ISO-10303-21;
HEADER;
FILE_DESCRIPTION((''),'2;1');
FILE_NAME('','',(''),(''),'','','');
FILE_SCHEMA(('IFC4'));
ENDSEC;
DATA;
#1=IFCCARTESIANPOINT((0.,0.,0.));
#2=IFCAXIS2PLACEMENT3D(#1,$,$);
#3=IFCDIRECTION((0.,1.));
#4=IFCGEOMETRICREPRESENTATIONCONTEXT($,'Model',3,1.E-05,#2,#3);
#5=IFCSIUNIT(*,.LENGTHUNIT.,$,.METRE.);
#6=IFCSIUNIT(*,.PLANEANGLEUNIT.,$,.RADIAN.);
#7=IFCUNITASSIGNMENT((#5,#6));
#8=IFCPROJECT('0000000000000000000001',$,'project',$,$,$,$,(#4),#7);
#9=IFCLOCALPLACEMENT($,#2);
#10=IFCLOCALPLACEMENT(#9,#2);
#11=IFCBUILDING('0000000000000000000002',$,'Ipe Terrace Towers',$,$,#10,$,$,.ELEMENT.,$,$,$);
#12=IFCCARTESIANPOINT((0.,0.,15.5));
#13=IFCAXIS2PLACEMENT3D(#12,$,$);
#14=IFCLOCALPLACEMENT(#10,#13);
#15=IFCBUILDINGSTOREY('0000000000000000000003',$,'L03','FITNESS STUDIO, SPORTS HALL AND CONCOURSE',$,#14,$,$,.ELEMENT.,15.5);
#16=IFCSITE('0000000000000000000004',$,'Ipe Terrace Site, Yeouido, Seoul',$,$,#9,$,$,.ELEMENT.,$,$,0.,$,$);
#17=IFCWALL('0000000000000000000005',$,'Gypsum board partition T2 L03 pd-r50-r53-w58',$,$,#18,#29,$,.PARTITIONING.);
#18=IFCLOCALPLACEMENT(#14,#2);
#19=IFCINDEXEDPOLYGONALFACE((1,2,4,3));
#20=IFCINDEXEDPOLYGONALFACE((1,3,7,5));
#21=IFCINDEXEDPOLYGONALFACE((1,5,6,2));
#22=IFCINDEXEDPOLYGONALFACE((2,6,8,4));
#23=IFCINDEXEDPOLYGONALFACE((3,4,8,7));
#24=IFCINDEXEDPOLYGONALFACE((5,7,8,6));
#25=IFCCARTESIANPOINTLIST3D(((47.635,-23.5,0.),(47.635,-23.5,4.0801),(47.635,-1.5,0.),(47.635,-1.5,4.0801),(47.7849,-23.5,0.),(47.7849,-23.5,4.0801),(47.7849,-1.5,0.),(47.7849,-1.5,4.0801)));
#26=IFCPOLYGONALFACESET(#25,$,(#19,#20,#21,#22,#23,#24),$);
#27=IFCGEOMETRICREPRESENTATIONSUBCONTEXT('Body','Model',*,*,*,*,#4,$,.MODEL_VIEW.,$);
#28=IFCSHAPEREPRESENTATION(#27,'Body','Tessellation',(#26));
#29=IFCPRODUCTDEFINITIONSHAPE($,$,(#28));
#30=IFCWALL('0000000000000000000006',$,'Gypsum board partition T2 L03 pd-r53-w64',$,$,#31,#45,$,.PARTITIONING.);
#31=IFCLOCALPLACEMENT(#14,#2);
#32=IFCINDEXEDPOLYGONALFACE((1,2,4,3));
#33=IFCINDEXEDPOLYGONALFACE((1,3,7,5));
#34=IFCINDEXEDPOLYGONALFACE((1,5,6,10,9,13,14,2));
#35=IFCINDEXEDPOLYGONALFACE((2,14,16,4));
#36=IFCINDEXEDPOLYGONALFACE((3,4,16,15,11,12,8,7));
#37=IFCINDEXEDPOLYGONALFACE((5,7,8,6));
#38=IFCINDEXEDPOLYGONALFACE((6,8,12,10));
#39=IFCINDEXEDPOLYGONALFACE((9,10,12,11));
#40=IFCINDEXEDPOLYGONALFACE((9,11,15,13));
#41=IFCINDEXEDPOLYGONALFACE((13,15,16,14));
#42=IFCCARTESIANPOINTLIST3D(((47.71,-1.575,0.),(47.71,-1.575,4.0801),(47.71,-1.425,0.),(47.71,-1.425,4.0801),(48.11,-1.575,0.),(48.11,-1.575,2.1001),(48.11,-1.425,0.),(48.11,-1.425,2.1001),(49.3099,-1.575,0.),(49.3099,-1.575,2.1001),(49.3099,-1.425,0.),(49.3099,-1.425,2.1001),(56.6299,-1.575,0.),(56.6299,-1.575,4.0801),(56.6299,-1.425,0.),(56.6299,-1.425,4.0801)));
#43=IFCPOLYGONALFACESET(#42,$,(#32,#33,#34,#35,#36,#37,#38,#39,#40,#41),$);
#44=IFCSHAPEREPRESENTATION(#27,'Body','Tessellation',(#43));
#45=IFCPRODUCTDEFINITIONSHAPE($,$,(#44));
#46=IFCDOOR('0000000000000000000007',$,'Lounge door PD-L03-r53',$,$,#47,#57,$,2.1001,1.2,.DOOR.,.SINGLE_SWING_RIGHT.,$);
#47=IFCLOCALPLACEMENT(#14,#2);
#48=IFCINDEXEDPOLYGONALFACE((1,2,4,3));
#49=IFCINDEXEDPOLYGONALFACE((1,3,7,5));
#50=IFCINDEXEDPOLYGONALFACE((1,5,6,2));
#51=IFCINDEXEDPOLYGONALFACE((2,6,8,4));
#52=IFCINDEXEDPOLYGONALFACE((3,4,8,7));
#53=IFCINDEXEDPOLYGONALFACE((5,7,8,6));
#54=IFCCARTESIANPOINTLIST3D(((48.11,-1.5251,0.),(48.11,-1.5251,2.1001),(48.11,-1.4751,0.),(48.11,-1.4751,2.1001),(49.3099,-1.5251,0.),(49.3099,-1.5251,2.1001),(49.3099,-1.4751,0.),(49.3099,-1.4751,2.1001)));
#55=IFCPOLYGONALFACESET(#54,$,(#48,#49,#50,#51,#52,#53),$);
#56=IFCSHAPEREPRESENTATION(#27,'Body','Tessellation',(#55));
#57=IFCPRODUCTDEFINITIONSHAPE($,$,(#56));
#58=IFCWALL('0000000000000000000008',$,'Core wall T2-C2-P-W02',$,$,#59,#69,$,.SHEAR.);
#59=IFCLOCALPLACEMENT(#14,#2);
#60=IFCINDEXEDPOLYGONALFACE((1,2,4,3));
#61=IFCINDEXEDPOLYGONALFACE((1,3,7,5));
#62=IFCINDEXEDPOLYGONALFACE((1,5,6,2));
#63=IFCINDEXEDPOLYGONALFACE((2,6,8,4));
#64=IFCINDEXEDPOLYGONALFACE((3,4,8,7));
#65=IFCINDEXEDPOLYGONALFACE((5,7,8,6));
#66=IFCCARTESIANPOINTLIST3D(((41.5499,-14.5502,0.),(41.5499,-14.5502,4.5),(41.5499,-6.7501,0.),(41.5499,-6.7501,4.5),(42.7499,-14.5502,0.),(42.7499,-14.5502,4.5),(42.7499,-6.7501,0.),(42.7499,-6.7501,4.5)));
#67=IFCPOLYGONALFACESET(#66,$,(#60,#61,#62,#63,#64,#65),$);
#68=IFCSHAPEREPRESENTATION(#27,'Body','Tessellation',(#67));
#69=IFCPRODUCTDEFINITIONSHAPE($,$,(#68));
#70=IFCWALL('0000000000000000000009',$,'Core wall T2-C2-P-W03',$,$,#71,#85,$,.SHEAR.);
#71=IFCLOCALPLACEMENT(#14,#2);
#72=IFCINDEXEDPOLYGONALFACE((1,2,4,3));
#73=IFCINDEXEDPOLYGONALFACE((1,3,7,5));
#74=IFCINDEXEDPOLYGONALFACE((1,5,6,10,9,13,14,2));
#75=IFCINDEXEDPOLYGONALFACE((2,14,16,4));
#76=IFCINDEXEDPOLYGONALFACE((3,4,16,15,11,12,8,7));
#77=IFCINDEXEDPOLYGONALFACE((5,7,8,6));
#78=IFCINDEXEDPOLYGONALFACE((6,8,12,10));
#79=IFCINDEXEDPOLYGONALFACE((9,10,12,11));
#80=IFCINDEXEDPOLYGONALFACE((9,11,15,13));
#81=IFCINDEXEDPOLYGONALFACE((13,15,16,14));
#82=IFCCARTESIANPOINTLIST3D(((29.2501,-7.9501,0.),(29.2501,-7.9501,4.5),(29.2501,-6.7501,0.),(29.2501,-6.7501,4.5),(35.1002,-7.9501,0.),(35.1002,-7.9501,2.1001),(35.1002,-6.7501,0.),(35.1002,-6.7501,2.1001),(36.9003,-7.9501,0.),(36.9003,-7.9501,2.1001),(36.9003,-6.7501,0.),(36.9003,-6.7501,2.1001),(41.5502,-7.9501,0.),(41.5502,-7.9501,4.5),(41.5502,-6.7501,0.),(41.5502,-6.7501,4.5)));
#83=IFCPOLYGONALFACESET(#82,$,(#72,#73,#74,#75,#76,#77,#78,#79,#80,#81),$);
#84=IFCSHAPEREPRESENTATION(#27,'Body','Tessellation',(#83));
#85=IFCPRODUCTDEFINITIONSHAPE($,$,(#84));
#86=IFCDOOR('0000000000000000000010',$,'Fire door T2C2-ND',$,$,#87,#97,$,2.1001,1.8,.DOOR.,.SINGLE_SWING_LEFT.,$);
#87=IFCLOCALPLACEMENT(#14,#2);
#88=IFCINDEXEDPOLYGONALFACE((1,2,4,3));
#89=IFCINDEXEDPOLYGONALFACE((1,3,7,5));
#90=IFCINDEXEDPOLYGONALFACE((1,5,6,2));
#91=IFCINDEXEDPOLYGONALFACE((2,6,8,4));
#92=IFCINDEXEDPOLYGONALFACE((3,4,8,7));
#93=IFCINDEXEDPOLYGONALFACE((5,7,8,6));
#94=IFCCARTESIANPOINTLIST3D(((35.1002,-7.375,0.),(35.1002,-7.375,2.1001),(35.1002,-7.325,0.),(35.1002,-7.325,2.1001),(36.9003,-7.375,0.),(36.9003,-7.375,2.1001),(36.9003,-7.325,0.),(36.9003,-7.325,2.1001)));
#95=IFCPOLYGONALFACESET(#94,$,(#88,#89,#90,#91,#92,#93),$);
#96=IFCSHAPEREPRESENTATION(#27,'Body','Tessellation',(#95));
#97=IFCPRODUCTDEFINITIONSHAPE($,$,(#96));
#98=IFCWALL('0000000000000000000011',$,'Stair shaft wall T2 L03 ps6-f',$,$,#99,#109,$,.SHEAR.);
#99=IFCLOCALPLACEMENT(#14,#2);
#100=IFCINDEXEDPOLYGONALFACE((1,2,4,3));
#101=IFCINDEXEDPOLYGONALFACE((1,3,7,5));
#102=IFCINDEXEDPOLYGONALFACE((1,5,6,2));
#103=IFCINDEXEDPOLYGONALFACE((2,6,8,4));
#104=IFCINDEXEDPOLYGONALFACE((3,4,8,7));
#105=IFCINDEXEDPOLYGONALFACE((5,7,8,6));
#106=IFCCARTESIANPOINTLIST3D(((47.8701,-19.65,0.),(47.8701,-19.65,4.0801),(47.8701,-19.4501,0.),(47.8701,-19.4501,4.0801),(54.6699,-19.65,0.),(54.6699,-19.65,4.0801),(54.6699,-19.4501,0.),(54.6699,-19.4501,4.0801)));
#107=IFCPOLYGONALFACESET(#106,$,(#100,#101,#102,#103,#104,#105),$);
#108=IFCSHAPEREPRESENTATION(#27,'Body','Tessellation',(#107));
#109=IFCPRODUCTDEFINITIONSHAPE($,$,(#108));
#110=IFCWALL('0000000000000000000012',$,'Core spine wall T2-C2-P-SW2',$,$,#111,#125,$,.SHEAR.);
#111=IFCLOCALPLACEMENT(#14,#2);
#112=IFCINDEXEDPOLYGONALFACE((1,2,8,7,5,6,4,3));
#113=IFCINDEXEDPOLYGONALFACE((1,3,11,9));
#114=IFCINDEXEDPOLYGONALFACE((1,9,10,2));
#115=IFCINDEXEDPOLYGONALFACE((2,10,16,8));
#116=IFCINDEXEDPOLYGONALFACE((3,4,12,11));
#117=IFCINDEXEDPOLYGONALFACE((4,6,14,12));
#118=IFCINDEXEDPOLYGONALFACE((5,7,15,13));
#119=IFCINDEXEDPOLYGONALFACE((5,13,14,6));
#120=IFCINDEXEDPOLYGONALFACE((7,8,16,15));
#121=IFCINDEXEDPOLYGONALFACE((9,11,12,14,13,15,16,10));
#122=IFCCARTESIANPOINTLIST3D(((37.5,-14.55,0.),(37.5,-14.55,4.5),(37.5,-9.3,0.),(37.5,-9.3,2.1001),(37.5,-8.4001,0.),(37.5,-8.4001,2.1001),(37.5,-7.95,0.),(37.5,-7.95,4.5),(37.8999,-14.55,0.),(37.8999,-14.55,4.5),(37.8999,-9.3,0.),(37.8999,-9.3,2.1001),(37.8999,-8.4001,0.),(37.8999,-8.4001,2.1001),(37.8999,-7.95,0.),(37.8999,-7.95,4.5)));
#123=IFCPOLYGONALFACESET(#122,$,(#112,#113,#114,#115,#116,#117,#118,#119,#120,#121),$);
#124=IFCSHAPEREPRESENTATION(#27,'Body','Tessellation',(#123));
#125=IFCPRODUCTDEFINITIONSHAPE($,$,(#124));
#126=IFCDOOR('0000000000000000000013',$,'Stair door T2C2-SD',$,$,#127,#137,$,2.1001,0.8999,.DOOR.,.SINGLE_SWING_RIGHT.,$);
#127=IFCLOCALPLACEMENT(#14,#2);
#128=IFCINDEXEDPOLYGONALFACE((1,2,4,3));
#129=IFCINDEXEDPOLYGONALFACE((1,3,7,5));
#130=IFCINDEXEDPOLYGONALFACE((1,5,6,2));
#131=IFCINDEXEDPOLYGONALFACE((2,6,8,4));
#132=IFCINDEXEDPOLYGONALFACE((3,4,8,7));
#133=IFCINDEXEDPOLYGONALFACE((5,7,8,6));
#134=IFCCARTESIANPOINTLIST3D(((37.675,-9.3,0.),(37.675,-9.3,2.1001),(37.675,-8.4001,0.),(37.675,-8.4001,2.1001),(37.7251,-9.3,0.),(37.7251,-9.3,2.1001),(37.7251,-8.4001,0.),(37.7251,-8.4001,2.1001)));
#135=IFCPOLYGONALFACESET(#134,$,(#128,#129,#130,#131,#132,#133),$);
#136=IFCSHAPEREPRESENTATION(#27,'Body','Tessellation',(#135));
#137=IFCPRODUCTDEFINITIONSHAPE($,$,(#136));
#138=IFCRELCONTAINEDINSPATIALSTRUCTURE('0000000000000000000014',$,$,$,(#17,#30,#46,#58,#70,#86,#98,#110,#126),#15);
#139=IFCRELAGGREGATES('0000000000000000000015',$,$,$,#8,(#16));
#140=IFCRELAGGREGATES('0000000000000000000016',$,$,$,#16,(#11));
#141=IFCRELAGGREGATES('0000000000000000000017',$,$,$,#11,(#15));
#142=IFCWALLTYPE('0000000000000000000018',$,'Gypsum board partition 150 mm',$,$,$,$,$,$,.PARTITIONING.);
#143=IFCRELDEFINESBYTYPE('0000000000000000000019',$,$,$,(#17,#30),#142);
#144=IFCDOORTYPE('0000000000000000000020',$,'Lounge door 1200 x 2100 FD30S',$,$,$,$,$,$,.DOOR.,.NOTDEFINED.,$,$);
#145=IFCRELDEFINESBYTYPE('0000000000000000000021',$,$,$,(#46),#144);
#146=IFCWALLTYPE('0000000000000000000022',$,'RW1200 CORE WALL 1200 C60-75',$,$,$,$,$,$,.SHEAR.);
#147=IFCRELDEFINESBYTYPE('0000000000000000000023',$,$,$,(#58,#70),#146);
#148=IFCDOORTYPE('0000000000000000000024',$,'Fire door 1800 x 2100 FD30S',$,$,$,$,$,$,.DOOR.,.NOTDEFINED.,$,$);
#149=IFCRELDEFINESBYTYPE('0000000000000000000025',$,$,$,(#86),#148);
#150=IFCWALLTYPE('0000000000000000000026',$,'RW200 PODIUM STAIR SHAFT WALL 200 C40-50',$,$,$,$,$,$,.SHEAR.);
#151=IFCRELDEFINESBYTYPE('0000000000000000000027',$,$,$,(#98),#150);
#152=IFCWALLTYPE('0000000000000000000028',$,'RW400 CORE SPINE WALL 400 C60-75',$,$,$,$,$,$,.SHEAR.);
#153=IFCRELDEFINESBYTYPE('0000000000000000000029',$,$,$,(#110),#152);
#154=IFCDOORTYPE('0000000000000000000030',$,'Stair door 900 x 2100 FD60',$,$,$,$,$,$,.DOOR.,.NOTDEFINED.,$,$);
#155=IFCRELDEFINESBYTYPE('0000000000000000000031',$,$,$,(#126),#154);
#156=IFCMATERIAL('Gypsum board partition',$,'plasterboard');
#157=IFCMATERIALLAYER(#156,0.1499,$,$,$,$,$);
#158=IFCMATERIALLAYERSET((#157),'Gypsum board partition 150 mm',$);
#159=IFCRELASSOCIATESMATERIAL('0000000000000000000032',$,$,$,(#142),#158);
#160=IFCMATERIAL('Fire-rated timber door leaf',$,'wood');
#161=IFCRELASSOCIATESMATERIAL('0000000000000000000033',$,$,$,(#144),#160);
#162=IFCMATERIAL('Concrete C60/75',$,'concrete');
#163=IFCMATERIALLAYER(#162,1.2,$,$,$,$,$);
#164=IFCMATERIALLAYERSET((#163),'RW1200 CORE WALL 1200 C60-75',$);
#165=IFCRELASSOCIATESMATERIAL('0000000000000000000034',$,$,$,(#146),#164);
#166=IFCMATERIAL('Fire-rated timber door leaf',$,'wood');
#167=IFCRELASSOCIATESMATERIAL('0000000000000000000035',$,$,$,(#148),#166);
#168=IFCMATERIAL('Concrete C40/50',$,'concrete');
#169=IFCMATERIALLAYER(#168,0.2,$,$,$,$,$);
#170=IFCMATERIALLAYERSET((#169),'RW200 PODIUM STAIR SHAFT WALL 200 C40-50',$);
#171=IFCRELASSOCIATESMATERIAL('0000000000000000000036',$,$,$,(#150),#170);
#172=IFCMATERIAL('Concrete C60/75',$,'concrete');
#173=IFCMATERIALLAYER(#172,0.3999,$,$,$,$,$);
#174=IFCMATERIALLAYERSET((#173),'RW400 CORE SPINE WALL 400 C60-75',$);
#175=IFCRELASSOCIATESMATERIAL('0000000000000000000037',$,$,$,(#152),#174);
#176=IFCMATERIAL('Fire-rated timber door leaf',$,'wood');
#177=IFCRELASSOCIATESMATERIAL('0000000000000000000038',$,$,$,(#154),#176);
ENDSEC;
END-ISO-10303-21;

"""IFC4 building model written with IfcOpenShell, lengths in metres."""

from ifc_helpers import new_model, si_unit, direction, frame, frame_2d, origin, place, context, subcontext, project, spatial, rectangle, extrude, material, layer, layer_set, type_object, element, fill, save


model = new_model("IFC4")

# Units and contexts
model_context = context("Model", 3, precision=1e-05, world=origin(), true_north=direction((0.0, 1.0)))
body_context = subcontext(model_context, "Body", "Model", "MODEL_VIEW")
ifc_project = project(units=[si_unit("LENGTHUNIT", "METRE"), si_unit("PLANEANGLEUNIT", "RADIAN")], contexts=[model_context])

# Site, building, storey
site_placement = place(None, origin())
site = spatial("IfcSite", under=ifc_project, at=site_placement, Name="Ipe Terrace Site, Yeouido, Seoul", CompositionType="ELEMENT", RefElevation=0.0)
building_placement = place(site_placement, origin())
building = spatial("IfcBuilding", under=site, at=building_placement, Name="Ipe Terrace Towers", CompositionType="ELEMENT")
storey_placement = place(building_placement, frame((0.0, 0.0, 15.5)))
storey = spatial("IfcBuildingStorey", under=building, at=storey_placement, Name="L03", Description="FITNESS STUDIO, SPORTS HALL AND CONCOURSE", CompositionType="ELEMENT", Elevation=15.5)

# Shared definitions
ifc_material_1 = material(Name="Gypsum board partition", Category="plasterboard")
ifc_layer_1 = layer(ifc_material_1, 0.1499)
ifc_layer_set_1 = layer_set([ifc_layer_1], Name="Gypsum board partition 150 mm")
wall_type_1 = type_object("IfcWallType", Name="Gypsum board partition 150 mm", PredefinedType="PARTITIONING", material=ifc_layer_set_1)

# Wall
wall_1_placement = place(storey_placement, frame((47.71, -1.5, 0.0), z_axis=(0.0, 0.0, 1.0), x_axis=(0.0, -1.0, 0.0)))
element("IfcWall", 1, at=wall_1_placement, inside=storey, type_object=wall_type_1, Name="Gypsum board partition T2 L03 pd-r50-r53-w58", PredefinedType="PARTITIONING", context=body_context, shape_type="SweptSolid", body=[
    extrude(rectangle(XDim=22.0, YDim=0.1499, at=frame_2d((11.0, 0.0))), origin(), (0.0, 0.0, 1.0), 4.0801),
])

# Wall, opening, door
wall_2_placement = place(storey_placement, frame((47.71, -1.5, 0.0), z_axis=(0.0, 0.0, 1.0), x_axis=(1.0, 0.0, 0.0)))
wall_2 = element("IfcWall", 2, at=wall_2_placement, inside=storey, type_object=wall_type_1, Name="Gypsum board partition T2 L03 pd-r53-w64", PredefinedType="PARTITIONING", context=body_context, shape_type="SweptSolid", body=[
    extrude(rectangle(XDim=8.9199, YDim=0.1499, at=frame_2d((4.46, 0.0))), origin(), (0.0, 0.0, 1.0), 4.0801),
])
opening_1_placement = place(wall_2_placement, frame((0.3999, 0.0, 0.0)))
opening_1 = element("IfcOpeningElement", 3, at=opening_1_placement, cuts=wall_2, PredefinedType="OPENING", context=body_context, shape_type="SweptSolid", body=[
    extrude(rectangle(XDim=1.2, YDim=2.1001, at=frame_2d((0.6001, 1.05))), frame((0.0, 0.085, 0.0), z_axis=(0.0, -1.0, 0.0), x_axis=(1.0, 0.0, 0.0)), (0.0, 0.0, 1.0), 0.1699),
])
ifc_material_2 = material(Name="Fire-rated timber door leaf", Category="wood")
door_type_1 = type_object("IfcDoorType", Name="Lounge door 1200 x 2100 FD30S", OperationType="NOTDEFINED", PredefinedType="DOOR", material=ifc_material_2)
door_1_placement = place(opening_1_placement, origin())
door_1 = element("IfcDoor", 4, at=door_1_placement, inside=storey, type_object=door_type_1, Name="Lounge door PD-L03-r53", OperationType="SINGLE_SWING_RIGHT", OverallHeight=2.1001, OverallWidth=1.2, PredefinedType="DOOR", context=body_context, shape_type="SweptSolid", body=[
    extrude(rectangle(XDim=1.2, YDim=2.1001, at=frame_2d((0.6001, 1.05))), frame((0.0, 0.0249, 0.0), z_axis=(0.0, -1.0, 0.0), x_axis=(1.0, 0.0, 0.0)), (0.0, 0.0, 1.0), 0.05),
])
fill(opening_1, door_1)

# Wall
ifc_material_3 = material(Name="Concrete C60/75", Category="concrete")
ifc_layer_2 = layer(ifc_material_3, 1.2)
ifc_layer_set_2 = layer_set([ifc_layer_2], Name="RW1200 CORE WALL 1200 C60-75")
wall_type_2 = type_object("IfcWallType", Name="RW1200 CORE WALL 1200 C60-75", PredefinedType="SHEAR", material=ifc_layer_set_2)
wall_3_placement = place(storey_placement, frame((42.1499, -14.55, 0.0), z_axis=(0.0, 0.0, 1.0), x_axis=(0.0, 1.0, 0.0)))
element("IfcWall", 5, at=wall_3_placement, inside=storey, type_object=wall_type_2, Name="Core wall T2-C2-P-W02", PredefinedType="SHEAR", context=body_context, shape_type="SweptSolid", body=[
    extrude(rectangle(XDim=7.8, YDim=1.2, at=frame_2d((3.8999, 0.0))), origin(), (0.0, 0.0, 1.0), 4.5),
])

# Wall, opening, door
wall_4_placement = place(storey_placement, frame((41.55, -7.3501, 0.0), z_axis=(0.0, 0.0, 1.0), x_axis=(-1.0, 0.0, 0.0)))
wall_4 = element("IfcWall", 6, at=wall_4_placement, inside=storey, type_object=wall_type_2, Name="Core wall T2-C2-P-W03", PredefinedType="SHEAR", context=body_context, shape_type="SweptSolid", body=[
    extrude(rectangle(XDim=12.3, YDim=1.2, at=frame_2d((6.1499, 0.0))), origin(), (0.0, 0.0, 1.0), 4.5),
])
opening_2_placement = place(wall_4_placement, frame((4.6499, 0.0, 0.0)))
opening_2 = element("IfcOpeningElement", 7, at=opening_2_placement, cuts=wall_4, PredefinedType="OPENING", context=body_context, shape_type="SweptSolid", body=[
    extrude(rectangle(XDim=1.8, YDim=2.1001, at=frame_2d((0.8999, 1.05))), frame((0.0, 0.6099, 0.0), z_axis=(0.0, -1.0, 0.0), x_axis=(1.0, 0.0, 0.0)), (0.0, 0.0, 1.0), 1.22),
])
ifc_material_4 = material(Name="Fire-rated timber door leaf", Category="wood")
door_type_2 = type_object("IfcDoorType", Name="Fire door 1800 x 2100 FD30S", OperationType="NOTDEFINED", PredefinedType="DOOR", material=ifc_material_4)
door_2_placement = place(opening_2_placement, origin())
door_2 = element("IfcDoor", 8, at=door_2_placement, inside=storey, type_object=door_type_2, Name="Fire door T2C2-ND", OperationType="SINGLE_SWING_LEFT", OverallHeight=2.1001, OverallWidth=1.8, PredefinedType="DOOR", context=body_context, shape_type="SweptSolid", body=[
    extrude(rectangle(XDim=1.8, YDim=2.1001, at=frame_2d((0.8999, 1.05))), frame((0.0, 0.0249, 0.0), z_axis=(0.0, -1.0, 0.0), x_axis=(1.0, 0.0, 0.0)), (0.0, 0.0, 1.0), 0.05),
])
fill(opening_2, door_2)

# Wall
ifc_material_5 = material(Name="Concrete C40/50", Category="concrete")
ifc_layer_3 = layer(ifc_material_5, 0.2)
ifc_layer_set_3 = layer_set([ifc_layer_3], Name="RW200 PODIUM STAIR SHAFT WALL 200 C40-50")
wall_type_3 = type_object("IfcWallType", Name="RW200 PODIUM STAIR SHAFT WALL 200 C40-50", PredefinedType="SHEAR", material=ifc_layer_set_3)
wall_5_placement = place(storey_placement, frame((47.8701, -19.55, 0.0), z_axis=(0.0, 0.0, 1.0), x_axis=(1.0, 0.0, 0.0)))
element("IfcWall", 9, at=wall_5_placement, inside=storey, type_object=wall_type_3, Name="Stair shaft wall T2 L03 ps6-f", PredefinedType="SHEAR", context=body_context, shape_type="SweptSolid", body=[
    extrude(rectangle(XDim=6.7998, YDim=0.2, at=frame_2d((3.3999, 0.0))), origin(), (0.0, 0.0, 1.0), 4.0801),
])

# Wall, opening, door
ifc_material_6 = material(Name="Concrete C60/75", Category="concrete")
ifc_layer_4 = layer(ifc_material_6, 0.3999)
ifc_layer_set_4 = layer_set([ifc_layer_4], Name="RW400 CORE SPINE WALL 400 C60-75")
wall_type_4 = type_object("IfcWallType", Name="RW400 CORE SPINE WALL 400 C60-75", PredefinedType="SHEAR", material=ifc_layer_set_4)
wall_6_placement = place(storey_placement, frame((37.7, -14.55, 0.0), z_axis=(0.0, 0.0, 1.0), x_axis=(0.0, 1.0, 0.0)))
wall_6 = element("IfcWall", 10, at=wall_6_placement, inside=storey, type_object=wall_type_4, Name="Core spine wall T2-C2-P-SW2", PredefinedType="SHEAR", context=body_context, shape_type="SweptSolid", body=[
    extrude(rectangle(XDim=6.6001, YDim=0.3999, at=frame_2d((3.3, 0.0))), origin(), (0.0, 0.0, 1.0), 4.5),
])
opening_3_placement = place(wall_6_placement, frame((5.25, 0.0, 0.0)))
opening_3 = element("IfcOpeningElement", 11, at=opening_3_placement, cuts=wall_6, PredefinedType="OPENING", context=body_context, shape_type="SweptSolid", body=[
    extrude(rectangle(XDim=0.8999, YDim=2.1001, at=frame_2d((0.45, 1.05))), frame((0.0, 0.21, 0.0), z_axis=(0.0, -1.0, 0.0), x_axis=(1.0, 0.0, 0.0)), (0.0, 0.0, 1.0), 0.4199),
])
ifc_material_7 = material(Name="Fire-rated timber door leaf", Category="wood")
door_type_3 = type_object("IfcDoorType", Name="Stair door 900 x 2100 FD60", OperationType="NOTDEFINED", PredefinedType="DOOR", material=ifc_material_7)
door_3_placement = place(opening_3_placement, origin())
door_3 = element("IfcDoor", 12, at=door_3_placement, inside=storey, type_object=door_type_3, Name="Stair door T2C2-SD", OperationType="SINGLE_SWING_RIGHT", OverallHeight=2.1001, OverallWidth=0.8999, PredefinedType="DOOR", context=body_context, shape_type="SweptSolid", body=[
    extrude(rectangle(XDim=0.8999, YDim=2.1001, at=frame_2d((0.45, 1.05))), frame((0.0, 0.0249, 0.0), z_axis=(0.0, -1.0, 0.0), x_axis=(1.0, 0.0, 0.0)), (0.0, 0.0, 1.0), 0.05),
])
fill(opening_3, door_3)

save(model, "model.ifc")
